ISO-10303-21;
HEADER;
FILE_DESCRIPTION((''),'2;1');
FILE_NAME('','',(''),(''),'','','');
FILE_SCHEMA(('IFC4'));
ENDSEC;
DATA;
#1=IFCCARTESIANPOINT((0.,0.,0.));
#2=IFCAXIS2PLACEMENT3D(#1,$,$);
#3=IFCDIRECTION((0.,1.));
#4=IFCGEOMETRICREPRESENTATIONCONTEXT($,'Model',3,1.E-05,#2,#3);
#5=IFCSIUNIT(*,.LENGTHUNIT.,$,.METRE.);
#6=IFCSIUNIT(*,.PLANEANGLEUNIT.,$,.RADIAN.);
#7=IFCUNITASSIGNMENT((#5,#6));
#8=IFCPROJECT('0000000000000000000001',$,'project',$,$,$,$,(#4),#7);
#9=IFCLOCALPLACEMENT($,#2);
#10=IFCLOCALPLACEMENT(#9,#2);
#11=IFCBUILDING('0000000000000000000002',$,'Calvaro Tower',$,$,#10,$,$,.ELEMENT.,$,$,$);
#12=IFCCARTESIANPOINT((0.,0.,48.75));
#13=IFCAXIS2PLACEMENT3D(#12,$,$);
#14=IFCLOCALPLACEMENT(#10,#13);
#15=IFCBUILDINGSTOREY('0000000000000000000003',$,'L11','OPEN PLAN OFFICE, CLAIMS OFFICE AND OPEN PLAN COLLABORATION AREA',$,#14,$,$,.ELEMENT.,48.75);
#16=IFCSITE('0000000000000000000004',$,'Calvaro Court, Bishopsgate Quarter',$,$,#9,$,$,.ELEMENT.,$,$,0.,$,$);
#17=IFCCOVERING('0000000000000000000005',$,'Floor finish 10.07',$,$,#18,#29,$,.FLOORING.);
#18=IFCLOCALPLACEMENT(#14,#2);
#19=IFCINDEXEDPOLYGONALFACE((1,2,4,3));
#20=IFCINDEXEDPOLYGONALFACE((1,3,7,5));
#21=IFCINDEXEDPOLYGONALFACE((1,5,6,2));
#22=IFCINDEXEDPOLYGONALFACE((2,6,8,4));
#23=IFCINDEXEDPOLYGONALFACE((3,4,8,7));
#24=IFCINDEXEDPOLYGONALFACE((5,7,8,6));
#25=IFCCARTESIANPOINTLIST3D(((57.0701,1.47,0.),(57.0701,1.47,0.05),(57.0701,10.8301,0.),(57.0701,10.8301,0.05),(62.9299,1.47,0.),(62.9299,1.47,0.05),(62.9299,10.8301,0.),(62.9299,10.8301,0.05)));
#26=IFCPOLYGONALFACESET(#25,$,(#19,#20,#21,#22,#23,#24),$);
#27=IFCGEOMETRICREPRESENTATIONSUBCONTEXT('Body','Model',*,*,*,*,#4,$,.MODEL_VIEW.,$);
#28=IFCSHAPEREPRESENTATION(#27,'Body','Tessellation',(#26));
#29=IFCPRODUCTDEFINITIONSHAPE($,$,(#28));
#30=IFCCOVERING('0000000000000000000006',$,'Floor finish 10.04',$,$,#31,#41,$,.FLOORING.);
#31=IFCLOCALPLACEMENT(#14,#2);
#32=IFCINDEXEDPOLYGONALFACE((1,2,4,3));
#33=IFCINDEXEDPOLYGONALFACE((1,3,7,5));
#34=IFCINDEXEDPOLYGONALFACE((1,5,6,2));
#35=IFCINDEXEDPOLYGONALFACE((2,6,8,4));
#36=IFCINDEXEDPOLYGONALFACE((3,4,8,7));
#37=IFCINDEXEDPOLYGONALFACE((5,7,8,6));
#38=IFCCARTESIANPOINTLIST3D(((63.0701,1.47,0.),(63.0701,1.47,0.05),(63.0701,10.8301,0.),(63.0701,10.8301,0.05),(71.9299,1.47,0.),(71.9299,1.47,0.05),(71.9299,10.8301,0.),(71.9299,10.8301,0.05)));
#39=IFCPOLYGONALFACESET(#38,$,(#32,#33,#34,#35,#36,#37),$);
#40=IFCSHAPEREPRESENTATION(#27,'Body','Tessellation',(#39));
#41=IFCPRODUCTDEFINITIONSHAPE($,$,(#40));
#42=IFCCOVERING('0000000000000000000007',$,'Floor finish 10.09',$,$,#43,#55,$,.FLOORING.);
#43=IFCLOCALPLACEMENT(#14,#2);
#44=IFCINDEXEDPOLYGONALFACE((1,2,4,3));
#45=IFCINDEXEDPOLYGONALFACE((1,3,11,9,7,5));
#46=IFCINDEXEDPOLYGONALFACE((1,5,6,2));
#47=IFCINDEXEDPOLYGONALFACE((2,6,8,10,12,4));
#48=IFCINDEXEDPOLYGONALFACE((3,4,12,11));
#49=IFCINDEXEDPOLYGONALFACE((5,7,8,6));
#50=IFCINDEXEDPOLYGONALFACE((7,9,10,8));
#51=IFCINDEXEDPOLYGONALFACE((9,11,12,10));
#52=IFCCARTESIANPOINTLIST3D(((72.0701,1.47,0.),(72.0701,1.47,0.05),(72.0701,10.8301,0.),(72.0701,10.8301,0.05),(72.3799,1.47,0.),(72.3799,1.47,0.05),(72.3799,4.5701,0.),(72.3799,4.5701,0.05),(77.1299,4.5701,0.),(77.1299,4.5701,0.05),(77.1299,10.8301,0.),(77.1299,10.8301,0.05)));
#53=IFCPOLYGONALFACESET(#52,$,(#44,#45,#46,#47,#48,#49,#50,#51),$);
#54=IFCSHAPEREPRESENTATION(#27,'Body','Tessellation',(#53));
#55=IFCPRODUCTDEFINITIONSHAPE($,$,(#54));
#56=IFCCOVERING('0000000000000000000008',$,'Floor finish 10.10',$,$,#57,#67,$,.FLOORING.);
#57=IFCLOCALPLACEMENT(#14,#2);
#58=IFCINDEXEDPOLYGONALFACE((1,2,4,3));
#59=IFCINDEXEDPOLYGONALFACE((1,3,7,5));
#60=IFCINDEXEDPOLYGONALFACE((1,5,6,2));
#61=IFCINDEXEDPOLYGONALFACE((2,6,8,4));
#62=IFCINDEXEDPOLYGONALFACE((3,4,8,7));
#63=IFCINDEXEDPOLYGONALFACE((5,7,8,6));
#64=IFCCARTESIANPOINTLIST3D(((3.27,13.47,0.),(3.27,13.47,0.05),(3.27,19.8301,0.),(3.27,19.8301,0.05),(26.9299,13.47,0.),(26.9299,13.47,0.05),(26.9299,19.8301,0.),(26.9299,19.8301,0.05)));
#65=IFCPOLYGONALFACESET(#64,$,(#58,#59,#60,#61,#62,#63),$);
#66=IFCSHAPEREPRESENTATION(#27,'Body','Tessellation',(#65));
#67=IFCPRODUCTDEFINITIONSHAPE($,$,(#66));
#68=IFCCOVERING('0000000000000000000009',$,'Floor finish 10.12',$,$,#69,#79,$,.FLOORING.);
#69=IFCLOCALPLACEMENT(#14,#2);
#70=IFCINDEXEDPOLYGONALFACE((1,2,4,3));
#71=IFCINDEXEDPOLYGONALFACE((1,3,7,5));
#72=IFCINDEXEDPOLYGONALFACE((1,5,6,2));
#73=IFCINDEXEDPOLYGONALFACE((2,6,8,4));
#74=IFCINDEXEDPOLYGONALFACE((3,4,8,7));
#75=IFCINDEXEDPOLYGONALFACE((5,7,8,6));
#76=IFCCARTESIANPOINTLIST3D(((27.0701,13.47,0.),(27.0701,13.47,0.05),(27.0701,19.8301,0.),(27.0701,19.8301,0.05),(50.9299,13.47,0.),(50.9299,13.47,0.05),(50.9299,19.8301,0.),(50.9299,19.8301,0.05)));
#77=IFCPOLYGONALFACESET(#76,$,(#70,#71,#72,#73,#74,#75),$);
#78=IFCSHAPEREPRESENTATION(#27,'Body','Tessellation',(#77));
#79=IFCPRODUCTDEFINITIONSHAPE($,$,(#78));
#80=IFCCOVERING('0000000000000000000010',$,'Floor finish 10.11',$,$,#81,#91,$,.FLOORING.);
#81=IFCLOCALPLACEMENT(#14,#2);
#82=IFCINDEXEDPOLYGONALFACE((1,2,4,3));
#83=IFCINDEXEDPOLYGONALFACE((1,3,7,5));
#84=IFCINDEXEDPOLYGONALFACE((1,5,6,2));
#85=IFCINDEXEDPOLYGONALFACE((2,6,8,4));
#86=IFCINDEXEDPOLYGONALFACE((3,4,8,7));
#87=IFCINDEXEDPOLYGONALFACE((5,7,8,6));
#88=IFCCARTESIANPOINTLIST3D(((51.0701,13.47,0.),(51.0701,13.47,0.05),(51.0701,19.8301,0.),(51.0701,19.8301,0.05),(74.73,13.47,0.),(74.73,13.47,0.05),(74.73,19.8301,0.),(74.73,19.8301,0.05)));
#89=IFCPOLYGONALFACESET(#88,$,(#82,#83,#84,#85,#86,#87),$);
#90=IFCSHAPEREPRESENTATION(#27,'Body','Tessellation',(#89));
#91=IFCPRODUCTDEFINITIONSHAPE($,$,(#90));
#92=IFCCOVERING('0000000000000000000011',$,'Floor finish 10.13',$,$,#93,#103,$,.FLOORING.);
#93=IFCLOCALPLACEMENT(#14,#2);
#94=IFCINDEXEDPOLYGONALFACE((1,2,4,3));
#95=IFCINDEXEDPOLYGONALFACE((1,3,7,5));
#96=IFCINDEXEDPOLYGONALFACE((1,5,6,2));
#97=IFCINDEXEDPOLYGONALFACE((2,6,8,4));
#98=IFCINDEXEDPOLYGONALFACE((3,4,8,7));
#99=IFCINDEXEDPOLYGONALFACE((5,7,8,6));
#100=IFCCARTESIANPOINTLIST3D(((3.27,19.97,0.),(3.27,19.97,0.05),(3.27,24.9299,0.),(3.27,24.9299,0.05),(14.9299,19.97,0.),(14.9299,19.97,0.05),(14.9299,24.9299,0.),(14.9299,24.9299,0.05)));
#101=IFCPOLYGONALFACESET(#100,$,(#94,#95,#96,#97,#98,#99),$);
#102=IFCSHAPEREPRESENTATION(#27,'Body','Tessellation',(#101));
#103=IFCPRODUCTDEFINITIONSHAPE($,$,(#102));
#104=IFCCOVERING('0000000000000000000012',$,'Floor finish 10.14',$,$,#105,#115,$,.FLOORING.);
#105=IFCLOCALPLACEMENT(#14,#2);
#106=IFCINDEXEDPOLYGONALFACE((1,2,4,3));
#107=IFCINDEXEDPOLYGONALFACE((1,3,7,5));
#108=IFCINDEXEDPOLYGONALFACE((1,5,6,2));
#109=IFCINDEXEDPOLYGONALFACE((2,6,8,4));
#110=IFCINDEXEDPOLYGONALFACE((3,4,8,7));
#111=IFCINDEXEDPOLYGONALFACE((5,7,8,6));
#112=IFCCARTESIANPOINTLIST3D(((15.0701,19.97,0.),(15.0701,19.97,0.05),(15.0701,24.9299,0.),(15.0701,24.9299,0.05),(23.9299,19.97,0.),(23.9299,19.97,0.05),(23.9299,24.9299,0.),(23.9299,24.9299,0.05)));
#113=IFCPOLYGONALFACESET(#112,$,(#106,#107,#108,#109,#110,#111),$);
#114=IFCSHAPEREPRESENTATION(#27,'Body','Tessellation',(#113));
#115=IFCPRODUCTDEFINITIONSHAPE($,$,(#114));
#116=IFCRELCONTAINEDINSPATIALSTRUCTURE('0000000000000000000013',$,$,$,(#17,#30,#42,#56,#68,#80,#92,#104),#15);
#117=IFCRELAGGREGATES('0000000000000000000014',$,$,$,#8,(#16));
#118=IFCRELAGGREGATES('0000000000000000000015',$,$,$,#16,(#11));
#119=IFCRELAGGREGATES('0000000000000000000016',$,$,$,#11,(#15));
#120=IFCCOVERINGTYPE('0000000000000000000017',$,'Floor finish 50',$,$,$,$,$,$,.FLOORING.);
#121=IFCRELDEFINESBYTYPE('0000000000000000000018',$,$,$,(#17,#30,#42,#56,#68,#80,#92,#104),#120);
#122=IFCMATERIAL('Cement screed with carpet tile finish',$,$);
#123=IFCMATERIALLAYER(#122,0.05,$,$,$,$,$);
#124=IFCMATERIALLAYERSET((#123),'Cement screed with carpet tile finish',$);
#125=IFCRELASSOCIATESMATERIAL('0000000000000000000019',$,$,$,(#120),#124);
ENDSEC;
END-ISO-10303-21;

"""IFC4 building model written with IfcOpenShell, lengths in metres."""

from ifc_helpers import new_model, si_unit, direction, frame, origin, place, context, subcontext, project, spatial, polyline, outline, extrude, material, layer, layer_set, type_object, element, save


model = new_model("IFC4")

# Units and contexts
model_context = context("Model", 3, precision=1e-05, world=origin(), true_north=direction((0.0, 1.0)))
body_context = subcontext(model_context, "Body", "Model", "MODEL_VIEW")
ifc_project = project(units=[si_unit("LENGTHUNIT", "METRE"), si_unit("PLANEANGLEUNIT", "RADIAN")], contexts=[model_context])

# Site, building, storey
site_placement = place(None, origin())
site = spatial("IfcSite", under=ifc_project, at=site_placement, Name="Calvaro Court, Bishopsgate Quarter", CompositionType="ELEMENT", RefElevation=0.0)
building_placement = place(site_placement, origin())
building = spatial("IfcBuilding", under=site, at=building_placement, Name="Calvaro Tower", CompositionType="ELEMENT")
storey_placement = place(building_placement, frame((0.0, 0.0, 48.75)))
storey = spatial("IfcBuildingStorey", under=building, at=storey_placement, Name="L11", Description="OPEN PLAN OFFICE, CLAIMS OFFICE AND OPEN PLAN COLLABORATION AREA", CompositionType="ELEMENT", Elevation=48.75)

# Coverings
ifc_material_1 = material(Name="Cement screed with carpet tile finish")
ifc_layer_1 = layer(ifc_material_1, 0.05)
ifc_layer_set_1 = layer_set([ifc_layer_1], Name="Cement screed with carpet tile finish")
covering_type = type_object("IfcCoveringType", Name="Floor finish 50", PredefinedType="FLOORING", material=ifc_layer_set_1)
covering_1_placement = place(storey_placement, origin())
element("IfcCovering", 1, at=covering_1_placement, inside=storey, type_object=covering_type, Name="Floor finish 10.07", PredefinedType="FLOORING", context=body_context, shape_type="SweptSolid", body=[
    extrude(outline(polyline([(57.0701, 10.8301), (62.9299, 10.8301), (62.9299, 1.47), (57.0701, 1.47), (57.0701, 10.8301)])), origin(), (0.0, 0.0, 1.0), 0.05),
])
covering_2_placement = place(storey_placement, origin())
element("IfcCovering", 2, at=covering_2_placement, inside=storey, type_object=covering_type, Name="Floor finish 10.04", PredefinedType="FLOORING", context=body_context, shape_type="SweptSolid", body=[
    extrude(outline(polyline([(63.0701, 10.8301), (71.9299, 10.8301), (71.9299, 1.47), (63.0701, 1.47), (63.0701, 10.8301)])), origin(), (0.0, 0.0, 1.0), 0.05),
])
covering_3_placement = place(storey_placement, origin())
element("IfcCovering", 3, at=covering_3_placement, inside=storey, type_object=covering_type, Name="Floor finish 10.09", PredefinedType="FLOORING", context=body_context, shape_type="SweptSolid", body=[
    extrude(outline(polyline([(77.1299, 4.5701), (72.3799, 4.5701), (72.3799, 1.47), (72.0701, 1.47), (72.0701, 10.8301), (77.1299, 10.8301), (77.1299, 4.5701)])), origin(), (0.0, 0.0, 1.0), 0.05),
])
covering_4_placement = place(storey_placement, origin())
element("IfcCovering", 4, at=covering_4_placement, inside=storey, type_object=covering_type, Name="Floor finish 10.10", PredefinedType="FLOORING", context=body_context, shape_type="SweptSolid", body=[
    extrude(outline(polyline([(3.27, 13.47), (3.27, 19.8301), (26.9299, 19.8301), (26.9299, 13.47), (3.27, 13.47)])), origin(), (0.0, 0.0, 1.0), 0.05),
])
covering_5_placement = place(storey_placement, origin())
element("IfcCovering", 5, at=covering_5_placement, inside=storey, type_object=covering_type, Name="Floor finish 10.12", PredefinedType="FLOORING", context=body_context, shape_type="SweptSolid", body=[
    extrude(outline(polyline([(27.0701, 13.47), (27.0701, 19.8301), (50.9299, 19.8301), (50.9299, 13.47), (27.0701, 13.47)])), origin(), (0.0, 0.0, 1.0), 0.05),
])
covering_6_placement = place(storey_placement, origin())
element("IfcCovering", 6, at=covering_6_placement, inside=storey, type_object=covering_type, Name="Floor finish 10.11", PredefinedType="FLOORING", context=body_context, shape_type="SweptSolid", body=[
    extrude(outline(polyline([(51.0701, 13.47), (51.0701, 19.8301), (74.73, 19.8301), (74.73, 13.47), (51.0701, 13.47)])), origin(), (0.0, 0.0, 1.0), 0.05),
])
covering_7_placement = place(storey_placement, origin())
element("IfcCovering", 7, at=covering_7_placement, inside=storey, type_object=covering_type, Name="Floor finish 10.13", PredefinedType="FLOORING", context=body_context, shape_type="SweptSolid", body=[
    extrude(outline(polyline([(3.27, 19.97), (3.27, 24.9299), (14.9299, 24.9299), (14.9299, 19.97), (3.27, 19.97)])), origin(), (0.0, 0.0, 1.0), 0.05),
])
covering_8_placement = place(storey_placement, origin())
element("IfcCovering", 8, at=covering_8_placement, inside=storey, type_object=covering_type, Name="Floor finish 10.14", PredefinedType="FLOORING", context=body_context, shape_type="SweptSolid", body=[
    extrude(outline(polyline([(15.0701, 19.97), (15.0701, 24.9299), (23.9299, 24.9299), (23.9299, 19.97), (15.0701, 19.97)])), origin(), (0.0, 0.0, 1.0), 0.05),
])

save(model, "model.ifc")
